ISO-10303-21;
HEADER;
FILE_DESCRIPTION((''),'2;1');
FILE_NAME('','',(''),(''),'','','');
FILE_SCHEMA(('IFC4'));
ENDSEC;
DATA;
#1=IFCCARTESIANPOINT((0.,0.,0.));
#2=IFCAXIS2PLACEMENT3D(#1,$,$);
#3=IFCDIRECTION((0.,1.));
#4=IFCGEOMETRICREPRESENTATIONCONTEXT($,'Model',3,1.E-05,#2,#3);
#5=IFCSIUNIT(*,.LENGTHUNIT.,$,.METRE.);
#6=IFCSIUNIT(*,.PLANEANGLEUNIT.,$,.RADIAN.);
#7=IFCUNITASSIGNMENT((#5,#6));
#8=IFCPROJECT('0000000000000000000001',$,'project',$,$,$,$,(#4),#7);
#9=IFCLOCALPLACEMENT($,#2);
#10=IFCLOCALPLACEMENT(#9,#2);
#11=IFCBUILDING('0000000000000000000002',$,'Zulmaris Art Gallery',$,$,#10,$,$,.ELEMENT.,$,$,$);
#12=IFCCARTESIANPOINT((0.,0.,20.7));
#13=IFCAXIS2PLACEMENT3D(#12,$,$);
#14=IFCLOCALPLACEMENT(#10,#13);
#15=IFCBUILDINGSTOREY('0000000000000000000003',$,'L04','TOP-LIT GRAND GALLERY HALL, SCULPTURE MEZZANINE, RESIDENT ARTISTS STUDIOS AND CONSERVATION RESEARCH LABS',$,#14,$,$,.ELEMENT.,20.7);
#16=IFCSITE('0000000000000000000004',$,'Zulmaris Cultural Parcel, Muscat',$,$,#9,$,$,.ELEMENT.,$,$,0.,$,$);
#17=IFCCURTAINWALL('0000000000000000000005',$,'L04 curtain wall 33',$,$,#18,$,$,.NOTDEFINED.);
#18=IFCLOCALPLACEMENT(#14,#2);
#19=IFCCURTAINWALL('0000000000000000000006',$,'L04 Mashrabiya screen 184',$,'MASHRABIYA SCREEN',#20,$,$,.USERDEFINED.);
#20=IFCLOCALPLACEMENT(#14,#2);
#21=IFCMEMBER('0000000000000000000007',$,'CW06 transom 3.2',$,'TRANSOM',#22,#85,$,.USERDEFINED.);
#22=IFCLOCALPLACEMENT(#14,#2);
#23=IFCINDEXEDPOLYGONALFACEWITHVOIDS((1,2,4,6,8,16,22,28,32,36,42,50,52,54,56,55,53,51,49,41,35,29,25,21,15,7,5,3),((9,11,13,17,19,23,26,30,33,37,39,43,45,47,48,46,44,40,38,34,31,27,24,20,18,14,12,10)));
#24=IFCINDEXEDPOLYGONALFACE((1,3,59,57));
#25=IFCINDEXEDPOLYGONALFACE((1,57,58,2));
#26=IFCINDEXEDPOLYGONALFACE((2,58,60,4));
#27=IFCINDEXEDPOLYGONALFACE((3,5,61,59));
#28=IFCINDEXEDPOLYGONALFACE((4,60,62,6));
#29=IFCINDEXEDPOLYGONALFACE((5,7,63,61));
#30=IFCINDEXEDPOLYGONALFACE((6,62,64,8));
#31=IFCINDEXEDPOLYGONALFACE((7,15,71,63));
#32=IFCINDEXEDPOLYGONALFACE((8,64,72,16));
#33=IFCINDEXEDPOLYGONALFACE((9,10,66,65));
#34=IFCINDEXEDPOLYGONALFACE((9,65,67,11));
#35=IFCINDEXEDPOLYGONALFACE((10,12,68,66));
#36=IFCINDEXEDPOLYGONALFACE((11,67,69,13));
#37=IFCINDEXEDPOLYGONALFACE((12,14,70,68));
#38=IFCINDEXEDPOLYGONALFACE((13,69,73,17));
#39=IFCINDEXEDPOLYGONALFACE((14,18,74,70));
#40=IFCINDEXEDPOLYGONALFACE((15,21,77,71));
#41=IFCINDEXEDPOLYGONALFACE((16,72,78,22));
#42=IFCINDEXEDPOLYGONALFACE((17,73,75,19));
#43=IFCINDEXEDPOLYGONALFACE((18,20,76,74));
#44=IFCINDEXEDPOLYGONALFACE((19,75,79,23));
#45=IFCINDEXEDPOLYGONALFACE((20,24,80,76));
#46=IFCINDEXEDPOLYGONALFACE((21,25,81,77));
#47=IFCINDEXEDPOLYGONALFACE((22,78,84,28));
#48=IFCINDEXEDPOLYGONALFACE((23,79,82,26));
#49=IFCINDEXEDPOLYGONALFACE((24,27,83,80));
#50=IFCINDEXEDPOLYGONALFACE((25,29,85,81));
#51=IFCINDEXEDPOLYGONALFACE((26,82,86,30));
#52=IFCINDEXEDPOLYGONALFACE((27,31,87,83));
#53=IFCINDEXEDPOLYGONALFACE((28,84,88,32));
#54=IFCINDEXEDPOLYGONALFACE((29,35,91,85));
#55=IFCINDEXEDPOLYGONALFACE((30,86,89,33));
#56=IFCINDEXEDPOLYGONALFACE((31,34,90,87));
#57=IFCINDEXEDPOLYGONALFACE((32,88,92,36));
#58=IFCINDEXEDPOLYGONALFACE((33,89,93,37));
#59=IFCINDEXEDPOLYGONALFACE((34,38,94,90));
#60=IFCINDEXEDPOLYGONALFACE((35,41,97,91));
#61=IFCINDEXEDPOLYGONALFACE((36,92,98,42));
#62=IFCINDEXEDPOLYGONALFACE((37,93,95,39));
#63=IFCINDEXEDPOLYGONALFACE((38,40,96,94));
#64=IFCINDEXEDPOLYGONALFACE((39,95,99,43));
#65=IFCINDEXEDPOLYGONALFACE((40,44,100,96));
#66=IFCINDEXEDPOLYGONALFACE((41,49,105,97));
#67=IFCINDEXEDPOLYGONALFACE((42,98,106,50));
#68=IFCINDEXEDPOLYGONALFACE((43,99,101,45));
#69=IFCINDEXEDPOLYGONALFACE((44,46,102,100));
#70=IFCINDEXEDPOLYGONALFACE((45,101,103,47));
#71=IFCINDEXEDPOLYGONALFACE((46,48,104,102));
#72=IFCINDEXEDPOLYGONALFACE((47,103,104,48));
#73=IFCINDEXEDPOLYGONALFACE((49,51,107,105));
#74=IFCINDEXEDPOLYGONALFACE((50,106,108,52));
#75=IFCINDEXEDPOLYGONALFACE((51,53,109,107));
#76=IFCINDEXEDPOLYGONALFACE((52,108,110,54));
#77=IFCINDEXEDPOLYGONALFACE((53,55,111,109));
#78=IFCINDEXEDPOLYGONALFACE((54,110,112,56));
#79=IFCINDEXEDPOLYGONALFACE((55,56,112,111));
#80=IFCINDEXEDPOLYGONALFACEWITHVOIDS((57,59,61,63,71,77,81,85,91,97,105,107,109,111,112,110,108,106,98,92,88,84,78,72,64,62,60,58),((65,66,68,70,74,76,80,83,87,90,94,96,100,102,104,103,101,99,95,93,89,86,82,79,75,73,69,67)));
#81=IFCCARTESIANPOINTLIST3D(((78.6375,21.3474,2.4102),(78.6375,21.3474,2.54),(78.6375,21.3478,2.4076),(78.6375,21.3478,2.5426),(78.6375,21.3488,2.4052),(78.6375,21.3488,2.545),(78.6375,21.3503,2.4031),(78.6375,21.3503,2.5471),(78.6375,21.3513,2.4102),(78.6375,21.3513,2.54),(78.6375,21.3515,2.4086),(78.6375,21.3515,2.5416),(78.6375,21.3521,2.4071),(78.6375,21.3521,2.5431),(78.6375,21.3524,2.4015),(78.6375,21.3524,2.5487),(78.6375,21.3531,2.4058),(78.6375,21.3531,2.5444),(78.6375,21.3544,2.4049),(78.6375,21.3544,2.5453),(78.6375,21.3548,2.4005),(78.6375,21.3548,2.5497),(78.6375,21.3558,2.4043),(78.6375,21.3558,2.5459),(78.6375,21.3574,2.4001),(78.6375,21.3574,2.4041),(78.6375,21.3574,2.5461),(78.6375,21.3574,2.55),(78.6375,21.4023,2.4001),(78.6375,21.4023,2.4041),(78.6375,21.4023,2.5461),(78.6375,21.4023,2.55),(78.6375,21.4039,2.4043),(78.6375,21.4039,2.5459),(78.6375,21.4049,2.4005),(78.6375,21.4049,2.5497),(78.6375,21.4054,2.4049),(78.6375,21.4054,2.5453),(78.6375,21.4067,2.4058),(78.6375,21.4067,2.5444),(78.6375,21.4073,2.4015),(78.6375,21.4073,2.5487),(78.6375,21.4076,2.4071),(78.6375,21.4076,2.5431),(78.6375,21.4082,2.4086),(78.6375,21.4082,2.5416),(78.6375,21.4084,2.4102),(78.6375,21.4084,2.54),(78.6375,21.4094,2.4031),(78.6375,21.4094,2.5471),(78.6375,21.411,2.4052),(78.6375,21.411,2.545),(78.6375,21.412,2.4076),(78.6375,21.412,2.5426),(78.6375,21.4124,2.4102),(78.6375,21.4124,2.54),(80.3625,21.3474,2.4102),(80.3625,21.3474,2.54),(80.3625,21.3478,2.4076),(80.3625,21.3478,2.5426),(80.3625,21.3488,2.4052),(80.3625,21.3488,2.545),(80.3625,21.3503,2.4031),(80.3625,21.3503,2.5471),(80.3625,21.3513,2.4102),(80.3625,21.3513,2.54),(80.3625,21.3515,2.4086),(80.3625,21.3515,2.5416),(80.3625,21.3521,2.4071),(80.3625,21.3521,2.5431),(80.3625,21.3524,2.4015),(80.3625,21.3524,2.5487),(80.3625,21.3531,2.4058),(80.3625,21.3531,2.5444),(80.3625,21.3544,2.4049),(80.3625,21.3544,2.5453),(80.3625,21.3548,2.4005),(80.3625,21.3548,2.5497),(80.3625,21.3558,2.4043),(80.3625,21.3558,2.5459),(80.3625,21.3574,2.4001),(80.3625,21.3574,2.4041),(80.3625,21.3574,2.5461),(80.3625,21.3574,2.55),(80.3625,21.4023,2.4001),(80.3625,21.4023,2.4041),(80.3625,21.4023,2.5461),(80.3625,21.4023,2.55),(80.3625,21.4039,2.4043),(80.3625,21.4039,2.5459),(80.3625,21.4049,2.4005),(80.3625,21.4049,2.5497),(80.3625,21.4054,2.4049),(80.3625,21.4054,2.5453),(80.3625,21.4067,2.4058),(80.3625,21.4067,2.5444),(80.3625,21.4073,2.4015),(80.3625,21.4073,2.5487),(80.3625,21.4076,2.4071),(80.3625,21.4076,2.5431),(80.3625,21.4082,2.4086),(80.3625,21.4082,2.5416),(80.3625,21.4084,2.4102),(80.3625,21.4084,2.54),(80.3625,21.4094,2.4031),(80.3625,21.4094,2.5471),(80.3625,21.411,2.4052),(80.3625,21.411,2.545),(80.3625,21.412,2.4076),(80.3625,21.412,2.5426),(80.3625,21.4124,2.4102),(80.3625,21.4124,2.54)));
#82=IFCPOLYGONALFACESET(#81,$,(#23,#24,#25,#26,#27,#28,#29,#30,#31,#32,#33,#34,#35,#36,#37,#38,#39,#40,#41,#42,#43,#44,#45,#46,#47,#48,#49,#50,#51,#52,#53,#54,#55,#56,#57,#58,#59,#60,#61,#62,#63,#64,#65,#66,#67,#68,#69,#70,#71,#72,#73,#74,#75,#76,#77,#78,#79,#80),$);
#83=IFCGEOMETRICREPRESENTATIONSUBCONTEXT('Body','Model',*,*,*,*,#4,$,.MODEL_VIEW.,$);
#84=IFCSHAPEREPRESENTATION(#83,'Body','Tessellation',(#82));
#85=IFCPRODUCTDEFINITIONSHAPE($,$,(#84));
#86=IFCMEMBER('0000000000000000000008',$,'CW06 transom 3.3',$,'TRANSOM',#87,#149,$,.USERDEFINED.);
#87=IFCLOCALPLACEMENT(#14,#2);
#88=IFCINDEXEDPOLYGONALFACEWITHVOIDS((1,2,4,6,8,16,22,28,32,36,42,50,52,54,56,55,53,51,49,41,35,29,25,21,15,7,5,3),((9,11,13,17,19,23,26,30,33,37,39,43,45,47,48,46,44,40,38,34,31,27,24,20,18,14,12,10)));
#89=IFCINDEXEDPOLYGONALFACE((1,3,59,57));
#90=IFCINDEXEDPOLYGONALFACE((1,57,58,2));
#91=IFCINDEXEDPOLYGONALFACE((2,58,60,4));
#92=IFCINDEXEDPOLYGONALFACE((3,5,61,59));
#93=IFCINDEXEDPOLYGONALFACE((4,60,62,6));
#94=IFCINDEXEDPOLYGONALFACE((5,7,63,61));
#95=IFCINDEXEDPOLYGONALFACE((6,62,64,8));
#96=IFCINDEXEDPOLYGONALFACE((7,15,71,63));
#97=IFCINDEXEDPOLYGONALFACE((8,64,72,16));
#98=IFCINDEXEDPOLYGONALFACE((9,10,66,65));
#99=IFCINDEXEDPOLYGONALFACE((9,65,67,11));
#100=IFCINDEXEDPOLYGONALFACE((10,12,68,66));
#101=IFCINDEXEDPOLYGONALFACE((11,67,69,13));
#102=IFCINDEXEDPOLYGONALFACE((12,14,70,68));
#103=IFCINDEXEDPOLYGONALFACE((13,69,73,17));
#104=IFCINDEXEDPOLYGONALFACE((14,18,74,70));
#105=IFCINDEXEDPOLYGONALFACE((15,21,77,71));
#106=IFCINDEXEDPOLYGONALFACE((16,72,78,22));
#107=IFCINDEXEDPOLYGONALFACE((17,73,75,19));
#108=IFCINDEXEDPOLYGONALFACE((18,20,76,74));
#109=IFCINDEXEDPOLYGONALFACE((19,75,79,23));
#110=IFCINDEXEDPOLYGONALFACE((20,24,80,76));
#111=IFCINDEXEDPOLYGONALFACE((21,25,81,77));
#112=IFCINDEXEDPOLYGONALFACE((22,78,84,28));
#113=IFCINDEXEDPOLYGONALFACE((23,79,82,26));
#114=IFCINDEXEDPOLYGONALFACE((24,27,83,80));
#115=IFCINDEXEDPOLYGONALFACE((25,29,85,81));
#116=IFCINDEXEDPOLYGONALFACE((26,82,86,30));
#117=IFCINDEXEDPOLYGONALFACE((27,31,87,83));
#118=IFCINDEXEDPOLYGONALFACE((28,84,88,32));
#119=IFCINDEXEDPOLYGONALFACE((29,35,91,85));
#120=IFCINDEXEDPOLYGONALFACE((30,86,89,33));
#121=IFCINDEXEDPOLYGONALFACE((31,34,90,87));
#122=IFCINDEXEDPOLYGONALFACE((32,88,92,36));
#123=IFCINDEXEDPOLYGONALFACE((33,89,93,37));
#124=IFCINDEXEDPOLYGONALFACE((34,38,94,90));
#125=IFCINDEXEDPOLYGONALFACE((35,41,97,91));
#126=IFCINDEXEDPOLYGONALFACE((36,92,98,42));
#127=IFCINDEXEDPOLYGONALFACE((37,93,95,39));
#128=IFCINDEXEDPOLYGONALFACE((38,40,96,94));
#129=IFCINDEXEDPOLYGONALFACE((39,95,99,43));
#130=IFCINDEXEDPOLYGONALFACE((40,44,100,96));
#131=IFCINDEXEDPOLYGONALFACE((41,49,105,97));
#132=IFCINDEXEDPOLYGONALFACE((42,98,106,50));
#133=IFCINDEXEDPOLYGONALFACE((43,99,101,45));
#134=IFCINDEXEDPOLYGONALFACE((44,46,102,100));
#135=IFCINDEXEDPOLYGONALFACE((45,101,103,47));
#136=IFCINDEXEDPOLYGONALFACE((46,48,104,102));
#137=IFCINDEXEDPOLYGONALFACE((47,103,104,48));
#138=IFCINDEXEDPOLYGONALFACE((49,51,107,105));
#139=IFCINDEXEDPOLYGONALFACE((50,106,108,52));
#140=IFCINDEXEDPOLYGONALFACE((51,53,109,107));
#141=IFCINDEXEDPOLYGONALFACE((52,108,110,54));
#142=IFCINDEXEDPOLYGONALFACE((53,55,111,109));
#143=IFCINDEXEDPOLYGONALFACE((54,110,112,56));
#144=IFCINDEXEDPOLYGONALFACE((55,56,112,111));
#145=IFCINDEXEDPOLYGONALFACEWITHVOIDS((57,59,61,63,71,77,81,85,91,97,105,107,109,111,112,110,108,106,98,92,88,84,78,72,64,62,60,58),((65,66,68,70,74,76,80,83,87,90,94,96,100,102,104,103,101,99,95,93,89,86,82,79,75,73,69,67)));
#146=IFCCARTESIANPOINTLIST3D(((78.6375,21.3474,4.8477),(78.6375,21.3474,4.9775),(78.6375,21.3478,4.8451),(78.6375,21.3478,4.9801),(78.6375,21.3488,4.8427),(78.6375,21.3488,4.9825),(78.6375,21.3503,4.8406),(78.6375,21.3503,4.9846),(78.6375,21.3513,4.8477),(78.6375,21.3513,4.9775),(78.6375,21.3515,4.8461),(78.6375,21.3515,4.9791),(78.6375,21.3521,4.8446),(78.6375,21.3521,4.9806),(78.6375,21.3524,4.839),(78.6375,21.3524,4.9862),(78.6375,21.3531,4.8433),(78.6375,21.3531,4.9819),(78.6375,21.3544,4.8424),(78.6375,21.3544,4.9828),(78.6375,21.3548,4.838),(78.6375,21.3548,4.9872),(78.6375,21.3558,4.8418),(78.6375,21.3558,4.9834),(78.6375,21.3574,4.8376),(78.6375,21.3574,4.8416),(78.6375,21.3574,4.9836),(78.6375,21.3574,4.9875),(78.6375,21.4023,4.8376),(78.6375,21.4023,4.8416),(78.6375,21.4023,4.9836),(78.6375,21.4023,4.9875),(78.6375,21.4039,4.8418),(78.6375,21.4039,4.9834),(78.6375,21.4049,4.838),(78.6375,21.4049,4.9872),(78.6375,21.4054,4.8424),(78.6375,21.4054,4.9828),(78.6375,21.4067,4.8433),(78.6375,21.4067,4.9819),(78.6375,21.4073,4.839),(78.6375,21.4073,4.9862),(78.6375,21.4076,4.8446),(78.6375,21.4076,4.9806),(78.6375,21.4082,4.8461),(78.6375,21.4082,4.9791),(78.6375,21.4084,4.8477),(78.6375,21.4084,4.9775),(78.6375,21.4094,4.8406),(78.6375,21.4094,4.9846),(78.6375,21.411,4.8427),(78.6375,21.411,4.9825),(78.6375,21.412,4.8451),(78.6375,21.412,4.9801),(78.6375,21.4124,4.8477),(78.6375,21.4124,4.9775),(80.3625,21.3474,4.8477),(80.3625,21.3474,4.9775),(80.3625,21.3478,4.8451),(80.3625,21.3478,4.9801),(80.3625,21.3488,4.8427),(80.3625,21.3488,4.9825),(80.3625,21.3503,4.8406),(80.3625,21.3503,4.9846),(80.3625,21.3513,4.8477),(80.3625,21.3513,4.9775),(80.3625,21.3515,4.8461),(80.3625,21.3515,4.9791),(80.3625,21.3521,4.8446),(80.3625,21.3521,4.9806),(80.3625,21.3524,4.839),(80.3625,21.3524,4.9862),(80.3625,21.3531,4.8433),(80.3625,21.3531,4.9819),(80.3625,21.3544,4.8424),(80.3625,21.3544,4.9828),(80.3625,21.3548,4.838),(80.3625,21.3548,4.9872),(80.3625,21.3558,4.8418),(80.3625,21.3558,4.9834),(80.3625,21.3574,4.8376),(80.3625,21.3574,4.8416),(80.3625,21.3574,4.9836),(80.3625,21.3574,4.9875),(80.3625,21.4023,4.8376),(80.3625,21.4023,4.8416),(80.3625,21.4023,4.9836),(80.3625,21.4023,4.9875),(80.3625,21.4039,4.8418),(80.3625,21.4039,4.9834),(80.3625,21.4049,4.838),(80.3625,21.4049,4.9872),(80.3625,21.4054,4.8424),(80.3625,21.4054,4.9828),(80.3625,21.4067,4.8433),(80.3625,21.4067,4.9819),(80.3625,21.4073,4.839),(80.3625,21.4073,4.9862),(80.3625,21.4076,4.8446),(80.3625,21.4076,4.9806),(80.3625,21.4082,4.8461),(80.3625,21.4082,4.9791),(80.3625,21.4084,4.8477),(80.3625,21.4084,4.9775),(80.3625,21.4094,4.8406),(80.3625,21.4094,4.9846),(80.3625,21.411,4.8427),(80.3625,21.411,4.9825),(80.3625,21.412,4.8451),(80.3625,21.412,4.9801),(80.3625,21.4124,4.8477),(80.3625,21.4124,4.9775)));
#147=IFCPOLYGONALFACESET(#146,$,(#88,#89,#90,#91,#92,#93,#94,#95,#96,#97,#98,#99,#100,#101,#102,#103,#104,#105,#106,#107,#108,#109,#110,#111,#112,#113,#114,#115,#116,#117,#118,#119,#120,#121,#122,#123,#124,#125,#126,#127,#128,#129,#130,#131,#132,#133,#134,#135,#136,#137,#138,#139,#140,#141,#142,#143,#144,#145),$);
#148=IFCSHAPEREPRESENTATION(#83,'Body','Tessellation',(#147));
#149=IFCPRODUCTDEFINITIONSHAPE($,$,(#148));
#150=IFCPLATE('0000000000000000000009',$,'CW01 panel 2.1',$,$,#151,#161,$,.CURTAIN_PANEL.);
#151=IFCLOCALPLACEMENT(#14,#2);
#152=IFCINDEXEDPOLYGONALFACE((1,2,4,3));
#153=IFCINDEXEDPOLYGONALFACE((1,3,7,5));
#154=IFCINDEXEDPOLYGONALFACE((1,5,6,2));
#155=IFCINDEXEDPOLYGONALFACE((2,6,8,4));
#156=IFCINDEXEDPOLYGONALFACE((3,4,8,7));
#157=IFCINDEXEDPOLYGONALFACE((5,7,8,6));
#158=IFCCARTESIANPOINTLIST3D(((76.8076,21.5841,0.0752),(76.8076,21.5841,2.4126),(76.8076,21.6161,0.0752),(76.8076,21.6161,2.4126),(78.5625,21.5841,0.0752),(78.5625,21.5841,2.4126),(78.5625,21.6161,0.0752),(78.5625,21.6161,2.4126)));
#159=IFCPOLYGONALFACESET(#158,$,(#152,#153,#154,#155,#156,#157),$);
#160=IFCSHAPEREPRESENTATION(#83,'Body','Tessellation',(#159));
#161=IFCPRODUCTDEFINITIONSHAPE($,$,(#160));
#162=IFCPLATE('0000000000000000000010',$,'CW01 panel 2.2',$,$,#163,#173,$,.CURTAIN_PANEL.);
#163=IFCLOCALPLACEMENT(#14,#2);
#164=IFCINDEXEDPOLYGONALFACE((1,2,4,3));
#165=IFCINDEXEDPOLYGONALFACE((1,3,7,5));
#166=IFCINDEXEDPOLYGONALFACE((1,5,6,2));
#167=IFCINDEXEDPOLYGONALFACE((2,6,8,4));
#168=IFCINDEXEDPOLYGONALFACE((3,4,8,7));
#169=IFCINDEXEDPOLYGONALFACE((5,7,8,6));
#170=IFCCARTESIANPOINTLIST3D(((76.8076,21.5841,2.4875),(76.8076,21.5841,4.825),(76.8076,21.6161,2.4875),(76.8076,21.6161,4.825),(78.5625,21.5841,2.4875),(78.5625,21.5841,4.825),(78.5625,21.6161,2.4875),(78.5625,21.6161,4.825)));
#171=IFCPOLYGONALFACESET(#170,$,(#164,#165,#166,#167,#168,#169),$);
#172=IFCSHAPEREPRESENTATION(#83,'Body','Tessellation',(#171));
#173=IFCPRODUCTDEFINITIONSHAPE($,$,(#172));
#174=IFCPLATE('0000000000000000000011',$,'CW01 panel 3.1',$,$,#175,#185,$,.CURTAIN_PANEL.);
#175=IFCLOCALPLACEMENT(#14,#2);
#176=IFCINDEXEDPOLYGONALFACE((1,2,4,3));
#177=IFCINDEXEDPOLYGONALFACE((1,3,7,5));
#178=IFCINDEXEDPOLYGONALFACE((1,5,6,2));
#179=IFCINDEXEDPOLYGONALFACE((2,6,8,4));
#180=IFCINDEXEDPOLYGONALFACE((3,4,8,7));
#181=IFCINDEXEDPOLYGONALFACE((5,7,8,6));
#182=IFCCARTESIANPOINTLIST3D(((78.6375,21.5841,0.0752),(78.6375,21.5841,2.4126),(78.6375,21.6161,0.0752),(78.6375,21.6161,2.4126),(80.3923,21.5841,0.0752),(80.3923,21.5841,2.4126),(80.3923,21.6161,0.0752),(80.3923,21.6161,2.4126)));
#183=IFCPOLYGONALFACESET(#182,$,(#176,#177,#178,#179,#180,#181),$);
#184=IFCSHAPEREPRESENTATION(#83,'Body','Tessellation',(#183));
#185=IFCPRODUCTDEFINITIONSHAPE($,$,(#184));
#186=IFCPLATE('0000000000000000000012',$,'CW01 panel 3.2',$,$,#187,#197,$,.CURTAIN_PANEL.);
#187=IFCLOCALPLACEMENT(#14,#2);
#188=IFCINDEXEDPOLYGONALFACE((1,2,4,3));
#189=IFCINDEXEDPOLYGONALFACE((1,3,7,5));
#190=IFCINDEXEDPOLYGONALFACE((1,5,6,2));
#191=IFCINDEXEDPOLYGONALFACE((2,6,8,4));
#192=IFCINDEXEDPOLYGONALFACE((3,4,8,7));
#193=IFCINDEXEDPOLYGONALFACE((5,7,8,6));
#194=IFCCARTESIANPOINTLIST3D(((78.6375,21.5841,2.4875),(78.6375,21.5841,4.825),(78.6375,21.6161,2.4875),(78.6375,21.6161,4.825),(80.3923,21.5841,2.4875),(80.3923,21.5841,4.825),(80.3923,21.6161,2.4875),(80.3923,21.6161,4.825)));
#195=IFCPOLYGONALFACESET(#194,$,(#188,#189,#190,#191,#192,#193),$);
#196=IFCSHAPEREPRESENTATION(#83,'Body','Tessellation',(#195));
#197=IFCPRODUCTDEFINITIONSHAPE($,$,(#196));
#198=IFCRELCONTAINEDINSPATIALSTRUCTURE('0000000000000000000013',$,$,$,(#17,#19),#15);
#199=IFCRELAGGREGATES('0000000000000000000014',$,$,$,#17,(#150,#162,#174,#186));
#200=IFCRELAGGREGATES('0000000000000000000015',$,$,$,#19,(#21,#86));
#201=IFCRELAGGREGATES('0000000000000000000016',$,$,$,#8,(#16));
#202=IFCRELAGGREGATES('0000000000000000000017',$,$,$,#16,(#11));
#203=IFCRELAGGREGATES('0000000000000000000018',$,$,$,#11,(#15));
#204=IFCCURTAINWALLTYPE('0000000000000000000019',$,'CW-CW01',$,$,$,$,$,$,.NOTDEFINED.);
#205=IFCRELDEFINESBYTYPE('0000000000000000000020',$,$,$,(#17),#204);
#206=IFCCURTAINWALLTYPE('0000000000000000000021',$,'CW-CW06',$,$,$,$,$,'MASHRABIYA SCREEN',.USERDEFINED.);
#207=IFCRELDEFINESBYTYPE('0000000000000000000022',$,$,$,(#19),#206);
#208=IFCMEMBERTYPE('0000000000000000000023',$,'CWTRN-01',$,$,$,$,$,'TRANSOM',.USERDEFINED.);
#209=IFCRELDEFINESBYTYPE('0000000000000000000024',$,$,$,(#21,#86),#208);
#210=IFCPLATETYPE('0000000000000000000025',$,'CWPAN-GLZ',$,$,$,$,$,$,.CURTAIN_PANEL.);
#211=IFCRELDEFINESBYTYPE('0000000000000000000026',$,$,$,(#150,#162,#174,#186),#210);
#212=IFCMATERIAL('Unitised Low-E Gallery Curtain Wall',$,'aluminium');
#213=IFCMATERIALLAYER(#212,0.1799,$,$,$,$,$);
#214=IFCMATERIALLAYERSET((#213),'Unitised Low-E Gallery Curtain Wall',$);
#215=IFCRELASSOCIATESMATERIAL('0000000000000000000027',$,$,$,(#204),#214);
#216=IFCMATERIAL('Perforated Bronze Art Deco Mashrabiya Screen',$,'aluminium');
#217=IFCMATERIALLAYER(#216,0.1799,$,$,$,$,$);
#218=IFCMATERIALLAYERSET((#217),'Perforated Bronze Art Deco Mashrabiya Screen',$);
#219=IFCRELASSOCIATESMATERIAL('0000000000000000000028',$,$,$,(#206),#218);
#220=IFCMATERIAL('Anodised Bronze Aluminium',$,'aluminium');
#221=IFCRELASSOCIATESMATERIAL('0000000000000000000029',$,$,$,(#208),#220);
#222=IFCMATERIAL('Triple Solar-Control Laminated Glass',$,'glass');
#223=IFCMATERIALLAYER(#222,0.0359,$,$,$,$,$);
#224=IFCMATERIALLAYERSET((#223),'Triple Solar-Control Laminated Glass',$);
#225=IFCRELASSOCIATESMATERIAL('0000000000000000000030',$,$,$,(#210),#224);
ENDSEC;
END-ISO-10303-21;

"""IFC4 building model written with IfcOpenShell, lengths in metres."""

from ifc_helpers import new_model, si_unit, direction, frame, origin, origin_2d, place, context, subcontext, project, spatial, rectangle, hollow_rectangle, extrude, material, layer, layer_set, material_profile, profile_set, type_object, element, aggregate, save


model = new_model("IFC4")

# Units and contexts
model_context = context("Model", 3, precision=1e-05, world=origin(), true_north=direction((0.0, 1.0)))
body_context = subcontext(model_context, "Body", "Model", "MODEL_VIEW")
ifc_project = project(units=[si_unit("LENGTHUNIT", "METRE"), si_unit("PLANEANGLEUNIT", "RADIAN")], contexts=[model_context])

# Site, building, storey
site_placement = place(None, origin())
site = spatial("IfcSite", under=ifc_project, at=site_placement, Name="Zulmaris Cultural Parcel, Muscat", CompositionType="ELEMENT", RefElevation=0.0)
building_placement = place(site_placement, origin())
building = spatial("IfcBuilding", under=site, at=building_placement, Name="Zulmaris Art Gallery", CompositionType="ELEMENT")
storey_placement = place(building_placement, frame((0.0, 0.0, 20.7)))
storey = spatial("IfcBuildingStorey", under=building, at=storey_placement, Name="L04", Description="TOP-LIT GRAND GALLERY HALL, SCULPTURE MEZZANINE, RESIDENT ARTISTS STUDIOS AND CONSERVATION RESEARCH LABS", CompositionType="ELEMENT", Elevation=20.7)

# Curtain wall
ifc_material_1 = material(Name="Unitised Low-E Gallery Curtain Wall", Category="aluminium")
ifc_layer_1 = layer(ifc_material_1, 0.1799)
ifc_layer_set_1 = layer_set([ifc_layer_1], Name="Unitised Low-E Gallery Curtain Wall")
curtain_wall_type_1 = type_object("IfcCurtainWallType", Name="CW-CW01", PredefinedType="NOTDEFINED", material=ifc_layer_set_1)
curtain_wall_1_placement = place(storey_placement, origin())
curtain_wall_1 = element("IfcCurtainWall", 1, at=curtain_wall_1_placement, inside=storey, type_object=curtain_wall_type_1, Name="L04 curtain wall 33", PredefinedType="NOTDEFINED")
ifc_material_2 = material(Name="Anodised Bronze Aluminium", Category="aluminium")

# Curtain wall
ifc_material_3 = material(Name="Perforated Bronze Art Deco Mashrabiya Screen", Category="aluminium")
ifc_layer_2 = layer(ifc_material_3, 0.1799)
ifc_layer_set_2 = layer_set([ifc_layer_2], Name="Perforated Bronze Art Deco Mashrabiya Screen")
curtain_wall_type_2 = type_object("IfcCurtainWallType", Name="CW-CW06", ElementType="MASHRABIYA SCREEN", PredefinedType="USERDEFINED", material=ifc_layer_set_2)
curtain_wall_2_placement = place(storey_placement, origin())
curtain_wall_2 = element("IfcCurtainWall", 2, at=curtain_wall_2_placement, inside=storey, type_object=curtain_wall_type_2, Name="L04 Mashrabiya screen 184", ObjectType="MASHRABIYA SCREEN", PredefinedType="USERDEFINED")

# Members
ifc_material_profile_1 = material_profile(ifc_material_2, hollow_rectangle(XDim=0.0649, YDim=0.1499, WallThickness=0.0039, InnerFilletRadius=0.0061, OuterFilletRadius=0.01, at=origin_2d()), Name="ALU 65x150x4")
ifc_profile_set_1 = profile_set([ifc_material_profile_1], Name="Anodised Bronze Aluminium")
member_type_1 = type_object("IfcMemberType", Name="CWTRN-01", ElementType="TRANSOM", PredefinedType="USERDEFINED", material=ifc_profile_set_1)
member_1_placement = place(storey_placement, frame((78.6375, 21.3799, 2.4751), z_axis=(1.0, 0.0, 0.0), x_axis=(0.0, 1.0, 0.0)))
member_1 = element("IfcMember", 3, at=member_1_placement, type_object=member_type_1, Name="CW06 transom 3.2", ObjectType="TRANSOM", PredefinedType="USERDEFINED", context=body_context, shape_type="SweptSolid", body=[
    extrude(hollow_rectangle(XDim=0.0649, YDim=0.1499, WallThickness=0.0039, InnerFilletRadius=0.0061, OuterFilletRadius=0.01, at=origin_2d()), origin(), (0.0, 0.0, 1.0), 1.7251),
])
member_2_placement = place(storey_placement, frame((78.6375, 21.3799, 4.9126), z_axis=(1.0, 0.0, 0.0), x_axis=(0.0, 1.0, 0.0)))
member_2 = element("IfcMember", 4, at=member_2_placement, type_object=member_type_1, Name="CW06 transom 3.3", ObjectType="TRANSOM", PredefinedType="USERDEFINED", context=body_context, shape_type="SweptSolid", body=[
    extrude(hollow_rectangle(XDim=0.0649, YDim=0.1499, WallThickness=0.0039, InnerFilletRadius=0.0061, OuterFilletRadius=0.01, at=origin_2d()), origin(), (0.0, 0.0, 1.0), 1.7251),
])

# Plates
ifc_material_4 = material(Name="Triple Solar-Control Laminated Glass", Category="glass")
ifc_layer_3 = layer(ifc_material_4, 0.0359)
ifc_layer_set_3 = layer_set([ifc_layer_3], Name="Triple Solar-Control Laminated Glass")
plate_type_1 = type_object("IfcPlateType", Name="CWPAN-GLZ", PredefinedType="CURTAIN_PANEL", material=ifc_layer_set_3)
plate_1_placement = place(storey_placement, frame((77.6851, 21.6001, 0.0752), z_axis=(0.0, 0.0, 1.0), x_axis=(1.0, 0.0, 0.0)))
plate_1 = element("IfcPlate", 5, at=plate_1_placement, type_object=plate_type_1, Name="CW01 panel 2.1", PredefinedType="CURTAIN_PANEL", context=body_context, shape_type="SweptSolid", body=[
    extrude(rectangle(XDim=1.7549, YDim=0.032, at=origin_2d()), origin(), (0.0, 0.0, 1.0), 2.3374),
])
plate_2_placement = place(storey_placement, frame((77.6851, 21.6001, 2.4875), z_axis=(0.0, 0.0, 1.0), x_axis=(1.0, 0.0, 0.0)))
plate_2 = element("IfcPlate", 6, at=plate_2_placement, type_object=plate_type_1, Name="CW01 panel 2.2", PredefinedType="CURTAIN_PANEL", context=body_context, shape_type="SweptSolid", body=[
    extrude(rectangle(XDim=1.7549, YDim=0.032, at=origin_2d()), origin(), (0.0, 0.0, 1.0), 2.3374),
])
plate_3_placement = place(storey_placement, frame((79.5149, 21.6001, 0.0752), z_axis=(0.0, 0.0, 1.0), x_axis=(1.0, 0.0, 0.0)))
plate_3 = element("IfcPlate", 7, at=plate_3_placement, type_object=plate_type_1, Name="CW01 panel 3.1", PredefinedType="CURTAIN_PANEL", context=body_context, shape_type="SweptSolid", body=[
    extrude(rectangle(XDim=1.7549, YDim=0.032, at=origin_2d()), origin(), (0.0, 0.0, 1.0), 2.3374),
])
plate_4_placement = place(storey_placement, frame((79.5149, 21.6001, 2.4875), z_axis=(0.0, 0.0, 1.0), x_axis=(1.0, 0.0, 0.0)))
plate_4 = element("IfcPlate", 8, at=plate_4_placement, type_object=plate_type_1, Name="CW01 panel 3.2", PredefinedType="CURTAIN_PANEL", context=body_context, shape_type="SweptSolid", body=[
    extrude(rectangle(XDim=1.7549, YDim=0.032, at=origin_2d()), origin(), (0.0, 0.0, 1.0), 2.3374),
])
aggregate(curtain_wall_1, [plate_1, plate_2, plate_3, plate_4])
aggregate(curtain_wall_2, [member_1, member_2])

save(model, "model.ifc")
